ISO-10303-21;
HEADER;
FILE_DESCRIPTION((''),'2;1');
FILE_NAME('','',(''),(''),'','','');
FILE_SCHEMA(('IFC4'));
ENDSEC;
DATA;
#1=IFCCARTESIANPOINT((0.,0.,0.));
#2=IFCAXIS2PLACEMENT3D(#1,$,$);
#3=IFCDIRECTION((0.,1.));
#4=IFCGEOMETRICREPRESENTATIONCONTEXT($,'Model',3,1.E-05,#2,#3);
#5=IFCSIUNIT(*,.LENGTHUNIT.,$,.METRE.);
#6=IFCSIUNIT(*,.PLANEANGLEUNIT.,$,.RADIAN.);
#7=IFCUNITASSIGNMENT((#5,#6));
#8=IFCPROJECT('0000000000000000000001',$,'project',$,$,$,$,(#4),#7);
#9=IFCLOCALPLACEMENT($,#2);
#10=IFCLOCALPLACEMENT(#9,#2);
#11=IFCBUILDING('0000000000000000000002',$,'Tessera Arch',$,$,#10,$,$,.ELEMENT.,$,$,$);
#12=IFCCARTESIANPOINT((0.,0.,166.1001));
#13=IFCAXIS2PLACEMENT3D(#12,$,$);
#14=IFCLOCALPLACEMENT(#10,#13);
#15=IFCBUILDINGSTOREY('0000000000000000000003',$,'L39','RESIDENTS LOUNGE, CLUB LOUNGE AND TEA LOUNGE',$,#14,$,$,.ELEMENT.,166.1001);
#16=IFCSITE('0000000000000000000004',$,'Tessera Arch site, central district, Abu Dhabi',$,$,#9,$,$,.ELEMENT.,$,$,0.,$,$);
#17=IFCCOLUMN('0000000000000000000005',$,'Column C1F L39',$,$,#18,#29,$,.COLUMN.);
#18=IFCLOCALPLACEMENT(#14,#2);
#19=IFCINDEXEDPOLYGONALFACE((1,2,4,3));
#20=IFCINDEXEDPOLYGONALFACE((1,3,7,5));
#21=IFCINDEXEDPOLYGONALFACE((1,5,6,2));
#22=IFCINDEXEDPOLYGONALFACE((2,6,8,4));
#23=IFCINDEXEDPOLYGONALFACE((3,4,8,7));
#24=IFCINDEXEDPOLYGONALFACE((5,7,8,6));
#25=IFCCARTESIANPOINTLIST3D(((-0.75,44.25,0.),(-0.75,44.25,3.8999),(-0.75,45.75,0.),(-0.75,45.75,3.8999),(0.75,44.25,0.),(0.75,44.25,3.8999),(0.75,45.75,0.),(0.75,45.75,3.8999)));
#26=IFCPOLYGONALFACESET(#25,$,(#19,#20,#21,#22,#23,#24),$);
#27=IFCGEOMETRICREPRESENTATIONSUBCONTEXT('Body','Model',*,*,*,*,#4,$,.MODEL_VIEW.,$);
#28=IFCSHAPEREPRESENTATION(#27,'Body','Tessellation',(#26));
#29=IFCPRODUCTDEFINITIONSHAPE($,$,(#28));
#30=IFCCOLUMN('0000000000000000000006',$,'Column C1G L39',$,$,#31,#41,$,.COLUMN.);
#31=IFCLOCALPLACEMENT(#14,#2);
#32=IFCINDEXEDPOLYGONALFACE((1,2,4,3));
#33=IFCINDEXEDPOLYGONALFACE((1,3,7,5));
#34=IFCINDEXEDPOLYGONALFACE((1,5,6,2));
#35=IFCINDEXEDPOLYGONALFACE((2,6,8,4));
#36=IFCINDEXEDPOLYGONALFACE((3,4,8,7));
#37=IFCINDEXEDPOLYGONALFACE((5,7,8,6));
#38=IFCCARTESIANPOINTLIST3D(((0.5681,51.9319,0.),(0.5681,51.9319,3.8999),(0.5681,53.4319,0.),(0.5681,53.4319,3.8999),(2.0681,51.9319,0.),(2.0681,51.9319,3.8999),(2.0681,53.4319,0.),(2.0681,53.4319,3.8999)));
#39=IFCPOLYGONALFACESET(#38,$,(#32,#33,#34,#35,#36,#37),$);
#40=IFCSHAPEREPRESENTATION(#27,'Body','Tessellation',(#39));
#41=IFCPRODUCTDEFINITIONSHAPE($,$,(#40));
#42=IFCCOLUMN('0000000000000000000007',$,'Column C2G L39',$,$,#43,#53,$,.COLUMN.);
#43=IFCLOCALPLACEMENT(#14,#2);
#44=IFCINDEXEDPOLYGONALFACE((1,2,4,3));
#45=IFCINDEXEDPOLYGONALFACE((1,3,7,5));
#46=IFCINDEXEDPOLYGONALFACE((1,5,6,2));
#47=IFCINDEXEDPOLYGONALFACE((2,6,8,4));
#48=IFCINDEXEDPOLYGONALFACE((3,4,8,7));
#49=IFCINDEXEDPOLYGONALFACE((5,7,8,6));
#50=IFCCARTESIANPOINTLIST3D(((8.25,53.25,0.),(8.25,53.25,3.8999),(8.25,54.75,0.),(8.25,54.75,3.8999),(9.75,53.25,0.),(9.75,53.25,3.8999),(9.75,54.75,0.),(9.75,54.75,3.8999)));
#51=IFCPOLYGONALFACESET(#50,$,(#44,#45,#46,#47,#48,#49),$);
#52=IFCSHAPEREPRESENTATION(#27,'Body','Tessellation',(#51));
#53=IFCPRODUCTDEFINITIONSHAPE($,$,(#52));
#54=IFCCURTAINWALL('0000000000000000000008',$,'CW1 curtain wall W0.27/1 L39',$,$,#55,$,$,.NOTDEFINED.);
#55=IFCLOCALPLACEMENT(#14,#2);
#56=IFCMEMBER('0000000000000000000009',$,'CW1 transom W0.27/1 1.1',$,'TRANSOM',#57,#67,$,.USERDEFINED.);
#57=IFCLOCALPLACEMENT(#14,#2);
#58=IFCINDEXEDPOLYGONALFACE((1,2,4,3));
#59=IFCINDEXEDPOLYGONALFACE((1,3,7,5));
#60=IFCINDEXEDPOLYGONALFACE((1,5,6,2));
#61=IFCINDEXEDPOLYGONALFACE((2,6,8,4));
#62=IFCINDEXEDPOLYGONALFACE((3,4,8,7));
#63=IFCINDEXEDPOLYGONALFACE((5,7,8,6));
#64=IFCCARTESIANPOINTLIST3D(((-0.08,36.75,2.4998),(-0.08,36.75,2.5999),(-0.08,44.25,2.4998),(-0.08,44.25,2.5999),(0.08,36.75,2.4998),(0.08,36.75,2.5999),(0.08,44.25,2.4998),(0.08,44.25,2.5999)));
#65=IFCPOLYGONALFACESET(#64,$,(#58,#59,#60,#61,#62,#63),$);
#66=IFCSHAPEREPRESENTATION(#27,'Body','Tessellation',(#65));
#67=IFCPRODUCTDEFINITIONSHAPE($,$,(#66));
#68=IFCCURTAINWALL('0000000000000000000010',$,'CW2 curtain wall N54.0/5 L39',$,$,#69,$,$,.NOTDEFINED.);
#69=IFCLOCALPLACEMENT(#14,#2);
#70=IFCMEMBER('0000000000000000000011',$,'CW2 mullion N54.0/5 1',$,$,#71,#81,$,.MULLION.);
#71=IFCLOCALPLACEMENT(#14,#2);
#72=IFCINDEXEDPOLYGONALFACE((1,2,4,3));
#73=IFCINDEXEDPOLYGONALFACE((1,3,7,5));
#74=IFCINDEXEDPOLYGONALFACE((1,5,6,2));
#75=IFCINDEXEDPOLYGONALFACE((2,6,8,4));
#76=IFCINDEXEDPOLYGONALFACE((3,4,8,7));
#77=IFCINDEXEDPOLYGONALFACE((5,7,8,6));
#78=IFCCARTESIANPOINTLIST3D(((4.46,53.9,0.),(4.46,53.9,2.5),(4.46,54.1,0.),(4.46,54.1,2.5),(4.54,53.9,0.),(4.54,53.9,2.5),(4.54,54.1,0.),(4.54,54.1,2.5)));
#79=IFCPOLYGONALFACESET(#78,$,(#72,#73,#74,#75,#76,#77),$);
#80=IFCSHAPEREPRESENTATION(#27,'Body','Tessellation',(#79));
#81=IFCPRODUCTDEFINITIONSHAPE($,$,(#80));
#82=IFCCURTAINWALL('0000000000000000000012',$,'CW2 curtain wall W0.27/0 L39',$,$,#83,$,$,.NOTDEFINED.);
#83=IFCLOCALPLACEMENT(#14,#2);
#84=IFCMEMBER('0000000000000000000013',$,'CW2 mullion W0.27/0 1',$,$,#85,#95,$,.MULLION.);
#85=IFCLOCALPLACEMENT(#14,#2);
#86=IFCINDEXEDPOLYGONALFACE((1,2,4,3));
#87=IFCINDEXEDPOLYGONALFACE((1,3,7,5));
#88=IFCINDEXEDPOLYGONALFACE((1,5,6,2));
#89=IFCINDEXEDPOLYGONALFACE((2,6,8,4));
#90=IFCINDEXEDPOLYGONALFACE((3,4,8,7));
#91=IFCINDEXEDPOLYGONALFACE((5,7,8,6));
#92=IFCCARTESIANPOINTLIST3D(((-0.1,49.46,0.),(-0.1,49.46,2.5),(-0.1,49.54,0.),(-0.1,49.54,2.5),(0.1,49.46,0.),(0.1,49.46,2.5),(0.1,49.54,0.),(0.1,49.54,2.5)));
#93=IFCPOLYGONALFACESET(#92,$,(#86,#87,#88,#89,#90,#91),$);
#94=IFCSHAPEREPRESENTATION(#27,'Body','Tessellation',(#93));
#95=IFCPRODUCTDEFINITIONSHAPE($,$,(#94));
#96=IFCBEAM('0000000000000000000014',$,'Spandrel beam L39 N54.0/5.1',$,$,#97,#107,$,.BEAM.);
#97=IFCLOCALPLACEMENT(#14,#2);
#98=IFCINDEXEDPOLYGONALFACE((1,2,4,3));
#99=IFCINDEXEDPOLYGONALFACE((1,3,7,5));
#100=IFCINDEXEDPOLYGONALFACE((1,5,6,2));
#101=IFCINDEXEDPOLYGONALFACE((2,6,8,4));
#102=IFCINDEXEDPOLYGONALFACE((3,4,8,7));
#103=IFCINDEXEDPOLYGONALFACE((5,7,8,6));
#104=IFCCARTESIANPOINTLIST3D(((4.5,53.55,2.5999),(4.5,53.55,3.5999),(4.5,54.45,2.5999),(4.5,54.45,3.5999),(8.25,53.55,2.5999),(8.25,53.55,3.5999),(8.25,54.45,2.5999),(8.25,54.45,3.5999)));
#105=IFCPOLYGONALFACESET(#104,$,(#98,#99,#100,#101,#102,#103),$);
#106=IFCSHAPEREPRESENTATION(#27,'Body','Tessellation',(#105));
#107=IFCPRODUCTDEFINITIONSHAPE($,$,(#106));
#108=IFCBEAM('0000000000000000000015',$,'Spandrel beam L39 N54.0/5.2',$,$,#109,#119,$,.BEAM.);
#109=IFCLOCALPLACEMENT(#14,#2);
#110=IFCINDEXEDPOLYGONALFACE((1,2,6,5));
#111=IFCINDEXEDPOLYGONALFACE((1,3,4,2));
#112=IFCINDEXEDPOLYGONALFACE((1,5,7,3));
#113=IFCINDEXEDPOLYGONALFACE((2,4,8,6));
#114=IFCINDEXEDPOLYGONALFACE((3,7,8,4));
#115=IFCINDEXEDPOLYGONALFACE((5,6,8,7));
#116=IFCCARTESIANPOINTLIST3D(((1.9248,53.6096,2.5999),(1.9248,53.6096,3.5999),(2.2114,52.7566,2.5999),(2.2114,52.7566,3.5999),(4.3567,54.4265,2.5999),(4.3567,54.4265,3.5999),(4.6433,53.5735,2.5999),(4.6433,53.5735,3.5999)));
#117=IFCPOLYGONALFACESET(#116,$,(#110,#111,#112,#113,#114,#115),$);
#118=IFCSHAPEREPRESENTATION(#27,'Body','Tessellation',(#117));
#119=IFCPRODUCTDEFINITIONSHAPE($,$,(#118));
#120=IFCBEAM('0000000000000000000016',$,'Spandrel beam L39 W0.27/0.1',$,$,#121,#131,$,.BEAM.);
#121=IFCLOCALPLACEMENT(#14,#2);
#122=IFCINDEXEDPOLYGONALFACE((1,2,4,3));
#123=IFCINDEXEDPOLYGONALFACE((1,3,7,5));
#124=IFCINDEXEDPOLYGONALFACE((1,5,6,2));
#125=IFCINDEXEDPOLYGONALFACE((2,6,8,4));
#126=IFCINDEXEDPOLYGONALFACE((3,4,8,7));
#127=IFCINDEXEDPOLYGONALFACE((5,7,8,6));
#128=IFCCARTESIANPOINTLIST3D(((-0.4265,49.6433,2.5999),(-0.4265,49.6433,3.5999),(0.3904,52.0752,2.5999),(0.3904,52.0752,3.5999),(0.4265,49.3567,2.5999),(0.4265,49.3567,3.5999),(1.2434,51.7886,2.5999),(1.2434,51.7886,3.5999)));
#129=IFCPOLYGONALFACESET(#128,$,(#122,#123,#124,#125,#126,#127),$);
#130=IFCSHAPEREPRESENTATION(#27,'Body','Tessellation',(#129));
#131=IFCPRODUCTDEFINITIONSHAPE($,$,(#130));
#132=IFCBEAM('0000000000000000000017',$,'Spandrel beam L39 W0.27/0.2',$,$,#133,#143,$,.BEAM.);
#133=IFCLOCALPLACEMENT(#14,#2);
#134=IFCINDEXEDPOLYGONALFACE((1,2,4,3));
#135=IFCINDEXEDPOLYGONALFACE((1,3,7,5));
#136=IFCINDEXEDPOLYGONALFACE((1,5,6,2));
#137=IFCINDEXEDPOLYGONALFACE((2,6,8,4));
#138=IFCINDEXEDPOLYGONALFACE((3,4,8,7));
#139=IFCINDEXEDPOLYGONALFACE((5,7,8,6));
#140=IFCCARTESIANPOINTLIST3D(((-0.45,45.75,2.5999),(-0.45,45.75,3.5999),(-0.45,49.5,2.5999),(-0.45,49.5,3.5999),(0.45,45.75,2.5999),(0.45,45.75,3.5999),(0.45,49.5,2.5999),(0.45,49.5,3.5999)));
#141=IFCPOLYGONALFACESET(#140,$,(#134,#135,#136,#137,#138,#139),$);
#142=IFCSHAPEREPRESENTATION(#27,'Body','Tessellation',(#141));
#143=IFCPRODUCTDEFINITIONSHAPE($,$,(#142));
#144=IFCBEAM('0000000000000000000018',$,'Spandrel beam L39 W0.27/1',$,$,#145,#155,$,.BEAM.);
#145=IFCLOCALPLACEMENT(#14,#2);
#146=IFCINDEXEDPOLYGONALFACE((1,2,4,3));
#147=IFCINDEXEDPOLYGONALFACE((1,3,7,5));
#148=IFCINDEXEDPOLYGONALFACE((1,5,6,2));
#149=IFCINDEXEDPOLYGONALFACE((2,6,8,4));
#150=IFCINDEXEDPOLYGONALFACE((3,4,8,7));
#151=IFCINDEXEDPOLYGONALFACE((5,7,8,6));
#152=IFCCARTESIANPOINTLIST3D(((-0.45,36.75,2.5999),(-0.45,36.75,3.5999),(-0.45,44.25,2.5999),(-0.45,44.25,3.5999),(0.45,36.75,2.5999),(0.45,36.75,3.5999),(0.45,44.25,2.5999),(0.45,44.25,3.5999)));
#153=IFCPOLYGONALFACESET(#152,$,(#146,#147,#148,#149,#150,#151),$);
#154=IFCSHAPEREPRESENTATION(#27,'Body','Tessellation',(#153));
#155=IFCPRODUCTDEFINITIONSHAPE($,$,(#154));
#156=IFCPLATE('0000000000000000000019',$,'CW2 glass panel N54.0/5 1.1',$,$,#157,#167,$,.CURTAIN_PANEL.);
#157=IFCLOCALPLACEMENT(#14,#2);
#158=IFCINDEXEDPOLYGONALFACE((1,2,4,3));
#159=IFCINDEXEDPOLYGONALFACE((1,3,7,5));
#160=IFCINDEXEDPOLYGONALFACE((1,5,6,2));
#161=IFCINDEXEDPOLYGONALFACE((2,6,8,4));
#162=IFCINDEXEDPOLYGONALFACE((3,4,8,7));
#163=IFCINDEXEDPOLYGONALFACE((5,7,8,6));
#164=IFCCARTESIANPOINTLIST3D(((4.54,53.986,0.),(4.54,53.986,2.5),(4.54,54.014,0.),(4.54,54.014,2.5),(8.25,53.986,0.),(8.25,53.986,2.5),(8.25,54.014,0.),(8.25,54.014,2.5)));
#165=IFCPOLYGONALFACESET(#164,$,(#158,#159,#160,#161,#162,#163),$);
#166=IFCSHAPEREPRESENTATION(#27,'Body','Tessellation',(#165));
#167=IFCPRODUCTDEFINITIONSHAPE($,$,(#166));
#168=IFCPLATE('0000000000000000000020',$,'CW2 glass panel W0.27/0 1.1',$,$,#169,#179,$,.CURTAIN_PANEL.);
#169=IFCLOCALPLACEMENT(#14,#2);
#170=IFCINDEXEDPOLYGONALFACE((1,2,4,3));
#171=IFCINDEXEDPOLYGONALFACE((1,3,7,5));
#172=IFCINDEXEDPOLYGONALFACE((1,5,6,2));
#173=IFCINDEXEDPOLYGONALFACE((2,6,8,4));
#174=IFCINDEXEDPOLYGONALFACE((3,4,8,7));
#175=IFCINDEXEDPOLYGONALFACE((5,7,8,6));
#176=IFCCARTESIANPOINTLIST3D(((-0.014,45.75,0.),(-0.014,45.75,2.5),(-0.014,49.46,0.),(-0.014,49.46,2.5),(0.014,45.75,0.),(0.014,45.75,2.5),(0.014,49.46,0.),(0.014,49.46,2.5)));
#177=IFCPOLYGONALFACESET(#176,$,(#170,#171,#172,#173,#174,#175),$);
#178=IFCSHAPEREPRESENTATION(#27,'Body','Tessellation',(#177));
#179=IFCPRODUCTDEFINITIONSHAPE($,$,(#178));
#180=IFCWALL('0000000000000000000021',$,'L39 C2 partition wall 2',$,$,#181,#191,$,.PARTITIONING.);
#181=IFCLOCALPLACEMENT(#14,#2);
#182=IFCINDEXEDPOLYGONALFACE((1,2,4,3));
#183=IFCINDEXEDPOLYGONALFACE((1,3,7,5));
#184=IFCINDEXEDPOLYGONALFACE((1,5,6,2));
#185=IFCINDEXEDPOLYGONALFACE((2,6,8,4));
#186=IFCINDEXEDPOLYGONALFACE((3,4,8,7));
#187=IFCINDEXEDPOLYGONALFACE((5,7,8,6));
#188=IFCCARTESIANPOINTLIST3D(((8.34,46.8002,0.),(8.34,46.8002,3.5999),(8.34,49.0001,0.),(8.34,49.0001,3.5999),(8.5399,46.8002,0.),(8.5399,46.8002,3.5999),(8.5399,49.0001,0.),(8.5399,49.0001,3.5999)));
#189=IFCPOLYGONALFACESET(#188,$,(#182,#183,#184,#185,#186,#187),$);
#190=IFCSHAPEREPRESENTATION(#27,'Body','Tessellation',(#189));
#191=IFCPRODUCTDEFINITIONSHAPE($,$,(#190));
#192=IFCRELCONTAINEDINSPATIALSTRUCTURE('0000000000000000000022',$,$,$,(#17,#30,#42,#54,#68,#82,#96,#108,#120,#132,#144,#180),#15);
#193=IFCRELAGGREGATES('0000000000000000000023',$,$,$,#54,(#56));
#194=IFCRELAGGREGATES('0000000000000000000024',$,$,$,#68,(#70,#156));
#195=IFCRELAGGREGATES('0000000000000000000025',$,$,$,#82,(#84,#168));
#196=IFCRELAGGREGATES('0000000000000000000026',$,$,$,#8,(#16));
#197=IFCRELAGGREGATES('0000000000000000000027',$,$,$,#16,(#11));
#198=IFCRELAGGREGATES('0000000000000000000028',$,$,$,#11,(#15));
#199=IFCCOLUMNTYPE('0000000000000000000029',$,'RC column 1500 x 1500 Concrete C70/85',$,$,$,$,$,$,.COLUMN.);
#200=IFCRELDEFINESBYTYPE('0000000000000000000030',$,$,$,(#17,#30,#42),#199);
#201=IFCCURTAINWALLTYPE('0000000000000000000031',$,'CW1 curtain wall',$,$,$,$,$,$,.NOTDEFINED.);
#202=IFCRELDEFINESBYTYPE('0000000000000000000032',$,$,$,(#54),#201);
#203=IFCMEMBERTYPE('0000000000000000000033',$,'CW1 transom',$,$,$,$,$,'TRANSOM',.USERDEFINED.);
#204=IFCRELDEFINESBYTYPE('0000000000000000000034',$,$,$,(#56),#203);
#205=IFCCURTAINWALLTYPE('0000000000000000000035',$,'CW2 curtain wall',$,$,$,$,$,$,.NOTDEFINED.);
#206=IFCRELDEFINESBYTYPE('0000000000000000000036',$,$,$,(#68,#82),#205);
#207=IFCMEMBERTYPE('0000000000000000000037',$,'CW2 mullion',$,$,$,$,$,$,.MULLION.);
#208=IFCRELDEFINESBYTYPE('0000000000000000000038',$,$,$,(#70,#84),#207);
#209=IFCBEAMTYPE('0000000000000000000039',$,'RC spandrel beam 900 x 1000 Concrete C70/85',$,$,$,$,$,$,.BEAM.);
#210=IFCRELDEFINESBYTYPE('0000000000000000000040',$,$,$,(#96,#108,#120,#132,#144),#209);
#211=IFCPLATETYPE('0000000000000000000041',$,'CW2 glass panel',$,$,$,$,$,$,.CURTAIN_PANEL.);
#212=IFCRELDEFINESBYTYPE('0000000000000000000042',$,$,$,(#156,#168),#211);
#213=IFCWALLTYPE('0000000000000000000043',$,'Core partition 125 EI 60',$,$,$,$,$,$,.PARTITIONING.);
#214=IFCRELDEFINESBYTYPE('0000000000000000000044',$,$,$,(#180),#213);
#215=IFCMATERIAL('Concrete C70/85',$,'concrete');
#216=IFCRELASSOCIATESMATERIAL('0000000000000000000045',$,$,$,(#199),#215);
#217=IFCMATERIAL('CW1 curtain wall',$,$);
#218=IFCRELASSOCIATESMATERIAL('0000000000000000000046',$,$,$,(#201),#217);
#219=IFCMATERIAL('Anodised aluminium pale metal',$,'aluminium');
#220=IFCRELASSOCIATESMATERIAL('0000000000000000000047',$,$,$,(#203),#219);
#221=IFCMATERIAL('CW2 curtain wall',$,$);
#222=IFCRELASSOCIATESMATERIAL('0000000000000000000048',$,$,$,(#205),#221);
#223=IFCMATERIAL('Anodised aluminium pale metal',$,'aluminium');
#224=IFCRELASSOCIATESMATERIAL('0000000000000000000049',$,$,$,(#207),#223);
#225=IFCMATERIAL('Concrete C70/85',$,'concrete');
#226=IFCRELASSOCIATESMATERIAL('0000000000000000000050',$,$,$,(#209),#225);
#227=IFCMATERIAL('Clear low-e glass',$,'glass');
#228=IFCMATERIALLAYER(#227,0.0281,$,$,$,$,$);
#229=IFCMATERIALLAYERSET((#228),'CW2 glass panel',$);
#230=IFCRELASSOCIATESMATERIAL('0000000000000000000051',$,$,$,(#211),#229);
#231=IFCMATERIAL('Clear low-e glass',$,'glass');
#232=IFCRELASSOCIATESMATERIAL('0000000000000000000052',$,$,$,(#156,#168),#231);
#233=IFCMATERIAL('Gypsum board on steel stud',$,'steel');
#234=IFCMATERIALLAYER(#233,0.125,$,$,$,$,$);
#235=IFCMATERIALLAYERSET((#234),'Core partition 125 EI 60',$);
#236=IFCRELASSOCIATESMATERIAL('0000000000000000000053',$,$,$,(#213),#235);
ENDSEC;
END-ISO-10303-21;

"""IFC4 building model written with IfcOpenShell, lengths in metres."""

from ifc_helpers import new_model, si_unit, direction, frame, frame_2d, origin, origin_2d, place, context, subcontext, project, spatial, rectangle, extrude, material, layer, layer_set, material_profile, profile_set, type_object, element, aggregate, save


model = new_model("IFC4")

# Units and contexts
model_context = context("Model", 3, precision=1e-05, world=origin(), true_north=direction((0.0, 1.0)))
body_context = subcontext(model_context, "Body", "Model", "MODEL_VIEW")
ifc_project = project(units=[si_unit("LENGTHUNIT", "METRE"), si_unit("PLANEANGLEUNIT", "RADIAN")], contexts=[model_context])

# Site, building, storey
site_placement = place(None, origin())
site = spatial("IfcSite", under=ifc_project, at=site_placement, Name="Tessera Arch site, central district, Abu Dhabi", CompositionType="ELEMENT", RefElevation=0.0)
building_placement = place(site_placement, origin())
building = spatial("IfcBuilding", under=site, at=building_placement, Name="Tessera Arch", CompositionType="ELEMENT")
storey_placement = place(building_placement, frame((0.0, 0.0, 166.1001)))
storey = spatial("IfcBuildingStorey", under=building, at=storey_placement, Name="L39", Description="RESIDENTS LOUNGE, CLUB LOUNGE AND TEA LOUNGE", CompositionType="ELEMENT", Elevation=166.1001)

# Columns
ifc_material_1 = material(Name="Concrete C70/85", Category="concrete")
ifc_material_profile_1 = material_profile(ifc_material_1, rectangle(XDim=1.5, YDim=1.5, at=origin_2d()), Name="RC column 1500 x 1500 Concrete C70/85")
ifc_profile_set_1 = profile_set([ifc_material_profile_1], Name="Concrete C70/85")
column_type = type_object("IfcColumnType", Name="RC column 1500 x 1500 Concrete C70/85", PredefinedType="COLUMN", material=ifc_profile_set_1)
for number, where, z_axis, x_axis, name in (
    (1, (0.0, 45.0, 0.0), (0.0, 0.0, 1.0), (1.0, 0.0, 0.0), "Column C1F L39"),
    (2, (1.3181, 52.6819, 0.0), (0.0, 0.0, 1.0), (1.0, 0.0, 0.0), "Column C1G L39"),
    (3, (9.0, 54.0, 0.0), (0.0, 0.0, 1.0), (1.0, 0.0, 0.0), "Column C2G L39"),
):
    element("IfcColumn", number, at=place(storey_placement, frame(where, z_axis=z_axis, x_axis=x_axis)), inside=storey, type_object=column_type, Name=name, PredefinedType="COLUMN", context=body_context, shape_type="SweptSolid", body=[
        extrude(rectangle(XDim=1.5, YDim=1.5, at=origin_2d()), origin(), (0.0, 0.0, 1.0), 3.8999),
    ])

# Curtain walls, members
ifc_material_2 = material(Name="CW1 curtain wall")
curtain_wall_type_1 = type_object("IfcCurtainWallType", Name="CW1 curtain wall", PredefinedType="NOTDEFINED", material=ifc_material_2)
curtain_wall_1_placement = place(storey_placement, origin())
curtain_wall_1 = element("IfcCurtainWall", 4, at=curtain_wall_1_placement, inside=storey, type_object=curtain_wall_type_1, Name="CW1 curtain wall W0.27/1 L39", PredefinedType="NOTDEFINED")
ifc_material_3 = material(Name="Anodised aluminium pale metal", Category="aluminium")
ifc_material_profile_2 = material_profile(ifc_material_3, rectangle(XDim=0.1599, YDim=0.1001, at=origin_2d()), Name="AL 160x100")
ifc_profile_set_2 = profile_set([ifc_material_profile_2], Name="Anodised aluminium pale metal")
member_type_1 = type_object("IfcMemberType", Name="CW1 transom", ElementType="TRANSOM", PredefinedType="USERDEFINED", material=ifc_profile_set_2)
member_1_placement = place(storey_placement, frame((0.0, 44.25, 2.5498), z_axis=(0.0, -1.0, 0.0), x_axis=(1.0, 0.0, 0.0)))
member_1 = element("IfcMember", 5, at=member_1_placement, type_object=member_type_1, Name="CW1 transom W0.27/1 1.1", ObjectType="TRANSOM", PredefinedType="USERDEFINED", context=body_context, shape_type="SweptSolid", body=[
    extrude(rectangle(XDim=0.1599, YDim=0.1001, at=origin_2d()), origin(), (0.0, 0.0, 1.0), 7.5),
])
aggregate(curtain_wall_1, [member_1])
ifc_material_4 = material(Name="CW2 curtain wall")
curtain_wall_type_2 = type_object("IfcCurtainWallType", Name="CW2 curtain wall", PredefinedType="NOTDEFINED", material=ifc_material_4)
curtain_wall_2_placement = place(storey_placement, origin())
curtain_wall_2 = element("IfcCurtainWall", 6, at=curtain_wall_2_placement, inside=storey, type_object=curtain_wall_type_2, Name="CW2 curtain wall N54.0/5 L39", PredefinedType="NOTDEFINED")
ifc_material_5 = material(Name="Anodised aluminium pale metal", Category="aluminium")
ifc_material_profile_3 = material_profile(ifc_material_5, rectangle(XDim=0.2, YDim=0.0801, at=origin_2d()), Name="AL 80x200")
ifc_profile_set_3 = profile_set([ifc_material_profile_3], Name="Anodised aluminium pale metal")
member_type_2 = type_object("IfcMemberType", Name="CW2 mullion", PredefinedType="MULLION", material=ifc_profile_set_3)
member_2_placement = place(storey_placement, frame((4.5, 54.0, 0.0), z_axis=(0.0, 0.0, 1.0), x_axis=(0.0, -1.0, 0.0)))
member_2 = element("IfcMember", 7, at=member_2_placement, type_object=member_type_2, Name="CW2 mullion N54.0/5 1", PredefinedType="MULLION", context=body_context, shape_type="SweptSolid", body=[
    extrude(rectangle(XDim=0.2, YDim=0.0801, at=origin_2d()), origin(), (0.0, 0.0, 1.0), 2.5),
])
curtain_wall_3_placement = place(storey_placement, origin())
curtain_wall_3 = element("IfcCurtainWall", 8, at=curtain_wall_3_placement, inside=storey, type_object=curtain_wall_type_2, Name="CW2 curtain wall W0.27/0 L39", PredefinedType="NOTDEFINED")
member_3_placement = place(storey_placement, frame((0.0, 49.5, 0.0), z_axis=(0.0, 0.0, 1.0), x_axis=(1.0, 0.0, 0.0)))
member_3 = element("IfcMember", 9, at=member_3_placement, type_object=member_type_2, Name="CW2 mullion W0.27/0 1", PredefinedType="MULLION", context=body_context, shape_type="SweptSolid", body=[
    extrude(rectangle(XDim=0.2, YDim=0.0801, at=origin_2d()), origin(), (0.0, 0.0, 1.0), 2.5),
])

# Beams
ifc_material_6 = material(Name="Concrete C70/85", Category="concrete")
ifc_material_profile_4 = material_profile(ifc_material_6, rectangle(XDim=0.8999, YDim=1.0, at=origin_2d()), Name="RC spandrel beam 900 x 1000 Concrete C70/85")
ifc_profile_set_4 = profile_set([ifc_material_profile_4], Name="Concrete C70/85")
beam_type = type_object("IfcBeamType", Name="RC spandrel beam 900 x 1000 Concrete C70/85", PredefinedType="BEAM", material=ifc_profile_set_4)
beam_1_placement = place(storey_placement, frame((8.25, 54.0, 3.0999), z_axis=(-1.0, 0.0, 0.0), x_axis=(0.0, -1.0, 0.0)))
element("IfcBeam", 10, at=beam_1_placement, inside=storey, type_object=beam_type, Name="Spandrel beam L39 N54.0/5.1", PredefinedType="BEAM", context=body_context, shape_type="SweptSolid", body=[
    extrude(rectangle(XDim=0.8999, YDim=1.0, at=origin_2d()), origin(), (0.0, 0.0, 1.0), 3.75),
])
for number, where, z_axis, x_axis, name in (
    (11, (4.5, 54.0, 3.0999), (-0.947948, -0.318425, 0.0), (0.318425, -0.947948, 0.0), "Spandrel beam L39 N54.0/5.2"),
    (12, (0.8169, 51.9319, 3.0999), (-0.318425, -0.947948, 0.0), (0.947948, -0.318425, 0.0), "Spandrel beam L39 W0.27/0.1"),
):
    element("IfcBeam", number, at=place(storey_placement, frame(where, z_axis=z_axis, x_axis=x_axis)), inside=storey, type_object=beam_type, Name=name, PredefinedType="BEAM", context=body_context, shape_type="SweptSolid", body=[
        extrude(rectangle(XDim=0.8999, YDim=1.0, at=origin_2d()), origin(), (0.0, 0.0, 1.0), 2.5654),
    ])
beam_2_placement = place(storey_placement, frame((0.0, 49.5, 3.0999), z_axis=(0.0, -1.0, 0.0), x_axis=(1.0, 0.0, 0.0)))
element("IfcBeam", 13, at=beam_2_placement, inside=storey, type_object=beam_type, Name="Spandrel beam L39 W0.27/0.2", PredefinedType="BEAM", context=body_context, shape_type="SweptSolid", body=[
    extrude(rectangle(XDim=0.8999, YDim=1.0, at=origin_2d()), origin(), (0.0, 0.0, 1.0), 3.75),
])
beam_3_placement = place(storey_placement, frame((0.0, 44.25, 3.0999), z_axis=(0.0, -1.0, 0.0), x_axis=(1.0, 0.0, 0.0)))
element("IfcBeam", 14, at=beam_3_placement, inside=storey, type_object=beam_type, Name="Spandrel beam L39 W0.27/1", PredefinedType="BEAM", context=body_context, shape_type="SweptSolid", body=[
    extrude(rectangle(XDim=0.8999, YDim=1.0, at=origin_2d()), origin(), (0.0, 0.0, 1.0), 7.5),
])

# Plates
ifc_material_7 = material(Name="Clear low-e glass", Category="glass")
ifc_material_8 = material(Name="Clear low-e glass", Category="glass")
ifc_layer_1 = layer(ifc_material_8, 0.0281)
ifc_layer_set_1 = layer_set([ifc_layer_1], Name="CW2 glass panel")
plate_type = type_object("IfcPlateType", Name="CW2 glass panel", PredefinedType="CURTAIN_PANEL", material=ifc_layer_set_1)
plate_1_placement = place(storey_placement, frame((6.395, 54.0, 0.0), z_axis=(0.0, 0.0, 1.0), x_axis=(-1.0, 0.0, 0.0)))
plate_1 = element("IfcPlate", 15, at=plate_1_placement, type_object=plate_type, material=ifc_material_7, Name="CW2 glass panel N54.0/5 1.1", PredefinedType="CURTAIN_PANEL", context=body_context, shape_type="SweptSolid", body=[
    extrude(rectangle(XDim=3.71, YDim=0.0281, at=origin_2d()), origin(), (0.0, 0.0, 1.0), 2.5),
])
aggregate(curtain_wall_2, [member_2, plate_1])
plate_2_placement = place(storey_placement, frame((0.0, 47.605, 0.0), z_axis=(0.0, 0.0, 1.0), x_axis=(0.0, -1.0, 0.0)))
plate_2 = element("IfcPlate", 16, at=plate_2_placement, type_object=plate_type, material=ifc_material_7, Name="CW2 glass panel W0.27/0 1.1", PredefinedType="CURTAIN_PANEL", context=body_context, shape_type="SweptSolid", body=[
    extrude(rectangle(XDim=3.71, YDim=0.0281, at=origin_2d()), origin(), (0.0, 0.0, 1.0), 2.5),
])
aggregate(curtain_wall_3, [member_3, plate_2])

# Wall
ifc_material_9 = material(Name="Gypsum board on steel stud", Category="steel")
ifc_layer_2 = layer(ifc_material_9, 0.125)
ifc_layer_set_2 = layer_set([ifc_layer_2], Name="Core partition 125 EI 60")
wall_type_1 = type_object("IfcWallType", Name="Core partition 125 EI 60", PredefinedType="PARTITIONING", material=ifc_layer_set_2)
wall_1_placement = place(storey_placement, frame((8.4399, 46.8, 0.0), z_axis=(0.0, 0.0, 1.0), x_axis=(0.0, 1.0, 0.0)))
element("IfcWall", 17, at=wall_1_placement, inside=storey, type_object=wall_type_1, Name="L39 C2 partition wall 2", PredefinedType="PARTITIONING", context=body_context, shape_type="SweptSolid", body=[
    extrude(rectangle(XDim=2.2, YDim=0.2, at=frame_2d((1.1001, 0.0))), origin(), (0.0, 0.0, 1.0), 3.5999),
])

save(model, "model.ifc")
